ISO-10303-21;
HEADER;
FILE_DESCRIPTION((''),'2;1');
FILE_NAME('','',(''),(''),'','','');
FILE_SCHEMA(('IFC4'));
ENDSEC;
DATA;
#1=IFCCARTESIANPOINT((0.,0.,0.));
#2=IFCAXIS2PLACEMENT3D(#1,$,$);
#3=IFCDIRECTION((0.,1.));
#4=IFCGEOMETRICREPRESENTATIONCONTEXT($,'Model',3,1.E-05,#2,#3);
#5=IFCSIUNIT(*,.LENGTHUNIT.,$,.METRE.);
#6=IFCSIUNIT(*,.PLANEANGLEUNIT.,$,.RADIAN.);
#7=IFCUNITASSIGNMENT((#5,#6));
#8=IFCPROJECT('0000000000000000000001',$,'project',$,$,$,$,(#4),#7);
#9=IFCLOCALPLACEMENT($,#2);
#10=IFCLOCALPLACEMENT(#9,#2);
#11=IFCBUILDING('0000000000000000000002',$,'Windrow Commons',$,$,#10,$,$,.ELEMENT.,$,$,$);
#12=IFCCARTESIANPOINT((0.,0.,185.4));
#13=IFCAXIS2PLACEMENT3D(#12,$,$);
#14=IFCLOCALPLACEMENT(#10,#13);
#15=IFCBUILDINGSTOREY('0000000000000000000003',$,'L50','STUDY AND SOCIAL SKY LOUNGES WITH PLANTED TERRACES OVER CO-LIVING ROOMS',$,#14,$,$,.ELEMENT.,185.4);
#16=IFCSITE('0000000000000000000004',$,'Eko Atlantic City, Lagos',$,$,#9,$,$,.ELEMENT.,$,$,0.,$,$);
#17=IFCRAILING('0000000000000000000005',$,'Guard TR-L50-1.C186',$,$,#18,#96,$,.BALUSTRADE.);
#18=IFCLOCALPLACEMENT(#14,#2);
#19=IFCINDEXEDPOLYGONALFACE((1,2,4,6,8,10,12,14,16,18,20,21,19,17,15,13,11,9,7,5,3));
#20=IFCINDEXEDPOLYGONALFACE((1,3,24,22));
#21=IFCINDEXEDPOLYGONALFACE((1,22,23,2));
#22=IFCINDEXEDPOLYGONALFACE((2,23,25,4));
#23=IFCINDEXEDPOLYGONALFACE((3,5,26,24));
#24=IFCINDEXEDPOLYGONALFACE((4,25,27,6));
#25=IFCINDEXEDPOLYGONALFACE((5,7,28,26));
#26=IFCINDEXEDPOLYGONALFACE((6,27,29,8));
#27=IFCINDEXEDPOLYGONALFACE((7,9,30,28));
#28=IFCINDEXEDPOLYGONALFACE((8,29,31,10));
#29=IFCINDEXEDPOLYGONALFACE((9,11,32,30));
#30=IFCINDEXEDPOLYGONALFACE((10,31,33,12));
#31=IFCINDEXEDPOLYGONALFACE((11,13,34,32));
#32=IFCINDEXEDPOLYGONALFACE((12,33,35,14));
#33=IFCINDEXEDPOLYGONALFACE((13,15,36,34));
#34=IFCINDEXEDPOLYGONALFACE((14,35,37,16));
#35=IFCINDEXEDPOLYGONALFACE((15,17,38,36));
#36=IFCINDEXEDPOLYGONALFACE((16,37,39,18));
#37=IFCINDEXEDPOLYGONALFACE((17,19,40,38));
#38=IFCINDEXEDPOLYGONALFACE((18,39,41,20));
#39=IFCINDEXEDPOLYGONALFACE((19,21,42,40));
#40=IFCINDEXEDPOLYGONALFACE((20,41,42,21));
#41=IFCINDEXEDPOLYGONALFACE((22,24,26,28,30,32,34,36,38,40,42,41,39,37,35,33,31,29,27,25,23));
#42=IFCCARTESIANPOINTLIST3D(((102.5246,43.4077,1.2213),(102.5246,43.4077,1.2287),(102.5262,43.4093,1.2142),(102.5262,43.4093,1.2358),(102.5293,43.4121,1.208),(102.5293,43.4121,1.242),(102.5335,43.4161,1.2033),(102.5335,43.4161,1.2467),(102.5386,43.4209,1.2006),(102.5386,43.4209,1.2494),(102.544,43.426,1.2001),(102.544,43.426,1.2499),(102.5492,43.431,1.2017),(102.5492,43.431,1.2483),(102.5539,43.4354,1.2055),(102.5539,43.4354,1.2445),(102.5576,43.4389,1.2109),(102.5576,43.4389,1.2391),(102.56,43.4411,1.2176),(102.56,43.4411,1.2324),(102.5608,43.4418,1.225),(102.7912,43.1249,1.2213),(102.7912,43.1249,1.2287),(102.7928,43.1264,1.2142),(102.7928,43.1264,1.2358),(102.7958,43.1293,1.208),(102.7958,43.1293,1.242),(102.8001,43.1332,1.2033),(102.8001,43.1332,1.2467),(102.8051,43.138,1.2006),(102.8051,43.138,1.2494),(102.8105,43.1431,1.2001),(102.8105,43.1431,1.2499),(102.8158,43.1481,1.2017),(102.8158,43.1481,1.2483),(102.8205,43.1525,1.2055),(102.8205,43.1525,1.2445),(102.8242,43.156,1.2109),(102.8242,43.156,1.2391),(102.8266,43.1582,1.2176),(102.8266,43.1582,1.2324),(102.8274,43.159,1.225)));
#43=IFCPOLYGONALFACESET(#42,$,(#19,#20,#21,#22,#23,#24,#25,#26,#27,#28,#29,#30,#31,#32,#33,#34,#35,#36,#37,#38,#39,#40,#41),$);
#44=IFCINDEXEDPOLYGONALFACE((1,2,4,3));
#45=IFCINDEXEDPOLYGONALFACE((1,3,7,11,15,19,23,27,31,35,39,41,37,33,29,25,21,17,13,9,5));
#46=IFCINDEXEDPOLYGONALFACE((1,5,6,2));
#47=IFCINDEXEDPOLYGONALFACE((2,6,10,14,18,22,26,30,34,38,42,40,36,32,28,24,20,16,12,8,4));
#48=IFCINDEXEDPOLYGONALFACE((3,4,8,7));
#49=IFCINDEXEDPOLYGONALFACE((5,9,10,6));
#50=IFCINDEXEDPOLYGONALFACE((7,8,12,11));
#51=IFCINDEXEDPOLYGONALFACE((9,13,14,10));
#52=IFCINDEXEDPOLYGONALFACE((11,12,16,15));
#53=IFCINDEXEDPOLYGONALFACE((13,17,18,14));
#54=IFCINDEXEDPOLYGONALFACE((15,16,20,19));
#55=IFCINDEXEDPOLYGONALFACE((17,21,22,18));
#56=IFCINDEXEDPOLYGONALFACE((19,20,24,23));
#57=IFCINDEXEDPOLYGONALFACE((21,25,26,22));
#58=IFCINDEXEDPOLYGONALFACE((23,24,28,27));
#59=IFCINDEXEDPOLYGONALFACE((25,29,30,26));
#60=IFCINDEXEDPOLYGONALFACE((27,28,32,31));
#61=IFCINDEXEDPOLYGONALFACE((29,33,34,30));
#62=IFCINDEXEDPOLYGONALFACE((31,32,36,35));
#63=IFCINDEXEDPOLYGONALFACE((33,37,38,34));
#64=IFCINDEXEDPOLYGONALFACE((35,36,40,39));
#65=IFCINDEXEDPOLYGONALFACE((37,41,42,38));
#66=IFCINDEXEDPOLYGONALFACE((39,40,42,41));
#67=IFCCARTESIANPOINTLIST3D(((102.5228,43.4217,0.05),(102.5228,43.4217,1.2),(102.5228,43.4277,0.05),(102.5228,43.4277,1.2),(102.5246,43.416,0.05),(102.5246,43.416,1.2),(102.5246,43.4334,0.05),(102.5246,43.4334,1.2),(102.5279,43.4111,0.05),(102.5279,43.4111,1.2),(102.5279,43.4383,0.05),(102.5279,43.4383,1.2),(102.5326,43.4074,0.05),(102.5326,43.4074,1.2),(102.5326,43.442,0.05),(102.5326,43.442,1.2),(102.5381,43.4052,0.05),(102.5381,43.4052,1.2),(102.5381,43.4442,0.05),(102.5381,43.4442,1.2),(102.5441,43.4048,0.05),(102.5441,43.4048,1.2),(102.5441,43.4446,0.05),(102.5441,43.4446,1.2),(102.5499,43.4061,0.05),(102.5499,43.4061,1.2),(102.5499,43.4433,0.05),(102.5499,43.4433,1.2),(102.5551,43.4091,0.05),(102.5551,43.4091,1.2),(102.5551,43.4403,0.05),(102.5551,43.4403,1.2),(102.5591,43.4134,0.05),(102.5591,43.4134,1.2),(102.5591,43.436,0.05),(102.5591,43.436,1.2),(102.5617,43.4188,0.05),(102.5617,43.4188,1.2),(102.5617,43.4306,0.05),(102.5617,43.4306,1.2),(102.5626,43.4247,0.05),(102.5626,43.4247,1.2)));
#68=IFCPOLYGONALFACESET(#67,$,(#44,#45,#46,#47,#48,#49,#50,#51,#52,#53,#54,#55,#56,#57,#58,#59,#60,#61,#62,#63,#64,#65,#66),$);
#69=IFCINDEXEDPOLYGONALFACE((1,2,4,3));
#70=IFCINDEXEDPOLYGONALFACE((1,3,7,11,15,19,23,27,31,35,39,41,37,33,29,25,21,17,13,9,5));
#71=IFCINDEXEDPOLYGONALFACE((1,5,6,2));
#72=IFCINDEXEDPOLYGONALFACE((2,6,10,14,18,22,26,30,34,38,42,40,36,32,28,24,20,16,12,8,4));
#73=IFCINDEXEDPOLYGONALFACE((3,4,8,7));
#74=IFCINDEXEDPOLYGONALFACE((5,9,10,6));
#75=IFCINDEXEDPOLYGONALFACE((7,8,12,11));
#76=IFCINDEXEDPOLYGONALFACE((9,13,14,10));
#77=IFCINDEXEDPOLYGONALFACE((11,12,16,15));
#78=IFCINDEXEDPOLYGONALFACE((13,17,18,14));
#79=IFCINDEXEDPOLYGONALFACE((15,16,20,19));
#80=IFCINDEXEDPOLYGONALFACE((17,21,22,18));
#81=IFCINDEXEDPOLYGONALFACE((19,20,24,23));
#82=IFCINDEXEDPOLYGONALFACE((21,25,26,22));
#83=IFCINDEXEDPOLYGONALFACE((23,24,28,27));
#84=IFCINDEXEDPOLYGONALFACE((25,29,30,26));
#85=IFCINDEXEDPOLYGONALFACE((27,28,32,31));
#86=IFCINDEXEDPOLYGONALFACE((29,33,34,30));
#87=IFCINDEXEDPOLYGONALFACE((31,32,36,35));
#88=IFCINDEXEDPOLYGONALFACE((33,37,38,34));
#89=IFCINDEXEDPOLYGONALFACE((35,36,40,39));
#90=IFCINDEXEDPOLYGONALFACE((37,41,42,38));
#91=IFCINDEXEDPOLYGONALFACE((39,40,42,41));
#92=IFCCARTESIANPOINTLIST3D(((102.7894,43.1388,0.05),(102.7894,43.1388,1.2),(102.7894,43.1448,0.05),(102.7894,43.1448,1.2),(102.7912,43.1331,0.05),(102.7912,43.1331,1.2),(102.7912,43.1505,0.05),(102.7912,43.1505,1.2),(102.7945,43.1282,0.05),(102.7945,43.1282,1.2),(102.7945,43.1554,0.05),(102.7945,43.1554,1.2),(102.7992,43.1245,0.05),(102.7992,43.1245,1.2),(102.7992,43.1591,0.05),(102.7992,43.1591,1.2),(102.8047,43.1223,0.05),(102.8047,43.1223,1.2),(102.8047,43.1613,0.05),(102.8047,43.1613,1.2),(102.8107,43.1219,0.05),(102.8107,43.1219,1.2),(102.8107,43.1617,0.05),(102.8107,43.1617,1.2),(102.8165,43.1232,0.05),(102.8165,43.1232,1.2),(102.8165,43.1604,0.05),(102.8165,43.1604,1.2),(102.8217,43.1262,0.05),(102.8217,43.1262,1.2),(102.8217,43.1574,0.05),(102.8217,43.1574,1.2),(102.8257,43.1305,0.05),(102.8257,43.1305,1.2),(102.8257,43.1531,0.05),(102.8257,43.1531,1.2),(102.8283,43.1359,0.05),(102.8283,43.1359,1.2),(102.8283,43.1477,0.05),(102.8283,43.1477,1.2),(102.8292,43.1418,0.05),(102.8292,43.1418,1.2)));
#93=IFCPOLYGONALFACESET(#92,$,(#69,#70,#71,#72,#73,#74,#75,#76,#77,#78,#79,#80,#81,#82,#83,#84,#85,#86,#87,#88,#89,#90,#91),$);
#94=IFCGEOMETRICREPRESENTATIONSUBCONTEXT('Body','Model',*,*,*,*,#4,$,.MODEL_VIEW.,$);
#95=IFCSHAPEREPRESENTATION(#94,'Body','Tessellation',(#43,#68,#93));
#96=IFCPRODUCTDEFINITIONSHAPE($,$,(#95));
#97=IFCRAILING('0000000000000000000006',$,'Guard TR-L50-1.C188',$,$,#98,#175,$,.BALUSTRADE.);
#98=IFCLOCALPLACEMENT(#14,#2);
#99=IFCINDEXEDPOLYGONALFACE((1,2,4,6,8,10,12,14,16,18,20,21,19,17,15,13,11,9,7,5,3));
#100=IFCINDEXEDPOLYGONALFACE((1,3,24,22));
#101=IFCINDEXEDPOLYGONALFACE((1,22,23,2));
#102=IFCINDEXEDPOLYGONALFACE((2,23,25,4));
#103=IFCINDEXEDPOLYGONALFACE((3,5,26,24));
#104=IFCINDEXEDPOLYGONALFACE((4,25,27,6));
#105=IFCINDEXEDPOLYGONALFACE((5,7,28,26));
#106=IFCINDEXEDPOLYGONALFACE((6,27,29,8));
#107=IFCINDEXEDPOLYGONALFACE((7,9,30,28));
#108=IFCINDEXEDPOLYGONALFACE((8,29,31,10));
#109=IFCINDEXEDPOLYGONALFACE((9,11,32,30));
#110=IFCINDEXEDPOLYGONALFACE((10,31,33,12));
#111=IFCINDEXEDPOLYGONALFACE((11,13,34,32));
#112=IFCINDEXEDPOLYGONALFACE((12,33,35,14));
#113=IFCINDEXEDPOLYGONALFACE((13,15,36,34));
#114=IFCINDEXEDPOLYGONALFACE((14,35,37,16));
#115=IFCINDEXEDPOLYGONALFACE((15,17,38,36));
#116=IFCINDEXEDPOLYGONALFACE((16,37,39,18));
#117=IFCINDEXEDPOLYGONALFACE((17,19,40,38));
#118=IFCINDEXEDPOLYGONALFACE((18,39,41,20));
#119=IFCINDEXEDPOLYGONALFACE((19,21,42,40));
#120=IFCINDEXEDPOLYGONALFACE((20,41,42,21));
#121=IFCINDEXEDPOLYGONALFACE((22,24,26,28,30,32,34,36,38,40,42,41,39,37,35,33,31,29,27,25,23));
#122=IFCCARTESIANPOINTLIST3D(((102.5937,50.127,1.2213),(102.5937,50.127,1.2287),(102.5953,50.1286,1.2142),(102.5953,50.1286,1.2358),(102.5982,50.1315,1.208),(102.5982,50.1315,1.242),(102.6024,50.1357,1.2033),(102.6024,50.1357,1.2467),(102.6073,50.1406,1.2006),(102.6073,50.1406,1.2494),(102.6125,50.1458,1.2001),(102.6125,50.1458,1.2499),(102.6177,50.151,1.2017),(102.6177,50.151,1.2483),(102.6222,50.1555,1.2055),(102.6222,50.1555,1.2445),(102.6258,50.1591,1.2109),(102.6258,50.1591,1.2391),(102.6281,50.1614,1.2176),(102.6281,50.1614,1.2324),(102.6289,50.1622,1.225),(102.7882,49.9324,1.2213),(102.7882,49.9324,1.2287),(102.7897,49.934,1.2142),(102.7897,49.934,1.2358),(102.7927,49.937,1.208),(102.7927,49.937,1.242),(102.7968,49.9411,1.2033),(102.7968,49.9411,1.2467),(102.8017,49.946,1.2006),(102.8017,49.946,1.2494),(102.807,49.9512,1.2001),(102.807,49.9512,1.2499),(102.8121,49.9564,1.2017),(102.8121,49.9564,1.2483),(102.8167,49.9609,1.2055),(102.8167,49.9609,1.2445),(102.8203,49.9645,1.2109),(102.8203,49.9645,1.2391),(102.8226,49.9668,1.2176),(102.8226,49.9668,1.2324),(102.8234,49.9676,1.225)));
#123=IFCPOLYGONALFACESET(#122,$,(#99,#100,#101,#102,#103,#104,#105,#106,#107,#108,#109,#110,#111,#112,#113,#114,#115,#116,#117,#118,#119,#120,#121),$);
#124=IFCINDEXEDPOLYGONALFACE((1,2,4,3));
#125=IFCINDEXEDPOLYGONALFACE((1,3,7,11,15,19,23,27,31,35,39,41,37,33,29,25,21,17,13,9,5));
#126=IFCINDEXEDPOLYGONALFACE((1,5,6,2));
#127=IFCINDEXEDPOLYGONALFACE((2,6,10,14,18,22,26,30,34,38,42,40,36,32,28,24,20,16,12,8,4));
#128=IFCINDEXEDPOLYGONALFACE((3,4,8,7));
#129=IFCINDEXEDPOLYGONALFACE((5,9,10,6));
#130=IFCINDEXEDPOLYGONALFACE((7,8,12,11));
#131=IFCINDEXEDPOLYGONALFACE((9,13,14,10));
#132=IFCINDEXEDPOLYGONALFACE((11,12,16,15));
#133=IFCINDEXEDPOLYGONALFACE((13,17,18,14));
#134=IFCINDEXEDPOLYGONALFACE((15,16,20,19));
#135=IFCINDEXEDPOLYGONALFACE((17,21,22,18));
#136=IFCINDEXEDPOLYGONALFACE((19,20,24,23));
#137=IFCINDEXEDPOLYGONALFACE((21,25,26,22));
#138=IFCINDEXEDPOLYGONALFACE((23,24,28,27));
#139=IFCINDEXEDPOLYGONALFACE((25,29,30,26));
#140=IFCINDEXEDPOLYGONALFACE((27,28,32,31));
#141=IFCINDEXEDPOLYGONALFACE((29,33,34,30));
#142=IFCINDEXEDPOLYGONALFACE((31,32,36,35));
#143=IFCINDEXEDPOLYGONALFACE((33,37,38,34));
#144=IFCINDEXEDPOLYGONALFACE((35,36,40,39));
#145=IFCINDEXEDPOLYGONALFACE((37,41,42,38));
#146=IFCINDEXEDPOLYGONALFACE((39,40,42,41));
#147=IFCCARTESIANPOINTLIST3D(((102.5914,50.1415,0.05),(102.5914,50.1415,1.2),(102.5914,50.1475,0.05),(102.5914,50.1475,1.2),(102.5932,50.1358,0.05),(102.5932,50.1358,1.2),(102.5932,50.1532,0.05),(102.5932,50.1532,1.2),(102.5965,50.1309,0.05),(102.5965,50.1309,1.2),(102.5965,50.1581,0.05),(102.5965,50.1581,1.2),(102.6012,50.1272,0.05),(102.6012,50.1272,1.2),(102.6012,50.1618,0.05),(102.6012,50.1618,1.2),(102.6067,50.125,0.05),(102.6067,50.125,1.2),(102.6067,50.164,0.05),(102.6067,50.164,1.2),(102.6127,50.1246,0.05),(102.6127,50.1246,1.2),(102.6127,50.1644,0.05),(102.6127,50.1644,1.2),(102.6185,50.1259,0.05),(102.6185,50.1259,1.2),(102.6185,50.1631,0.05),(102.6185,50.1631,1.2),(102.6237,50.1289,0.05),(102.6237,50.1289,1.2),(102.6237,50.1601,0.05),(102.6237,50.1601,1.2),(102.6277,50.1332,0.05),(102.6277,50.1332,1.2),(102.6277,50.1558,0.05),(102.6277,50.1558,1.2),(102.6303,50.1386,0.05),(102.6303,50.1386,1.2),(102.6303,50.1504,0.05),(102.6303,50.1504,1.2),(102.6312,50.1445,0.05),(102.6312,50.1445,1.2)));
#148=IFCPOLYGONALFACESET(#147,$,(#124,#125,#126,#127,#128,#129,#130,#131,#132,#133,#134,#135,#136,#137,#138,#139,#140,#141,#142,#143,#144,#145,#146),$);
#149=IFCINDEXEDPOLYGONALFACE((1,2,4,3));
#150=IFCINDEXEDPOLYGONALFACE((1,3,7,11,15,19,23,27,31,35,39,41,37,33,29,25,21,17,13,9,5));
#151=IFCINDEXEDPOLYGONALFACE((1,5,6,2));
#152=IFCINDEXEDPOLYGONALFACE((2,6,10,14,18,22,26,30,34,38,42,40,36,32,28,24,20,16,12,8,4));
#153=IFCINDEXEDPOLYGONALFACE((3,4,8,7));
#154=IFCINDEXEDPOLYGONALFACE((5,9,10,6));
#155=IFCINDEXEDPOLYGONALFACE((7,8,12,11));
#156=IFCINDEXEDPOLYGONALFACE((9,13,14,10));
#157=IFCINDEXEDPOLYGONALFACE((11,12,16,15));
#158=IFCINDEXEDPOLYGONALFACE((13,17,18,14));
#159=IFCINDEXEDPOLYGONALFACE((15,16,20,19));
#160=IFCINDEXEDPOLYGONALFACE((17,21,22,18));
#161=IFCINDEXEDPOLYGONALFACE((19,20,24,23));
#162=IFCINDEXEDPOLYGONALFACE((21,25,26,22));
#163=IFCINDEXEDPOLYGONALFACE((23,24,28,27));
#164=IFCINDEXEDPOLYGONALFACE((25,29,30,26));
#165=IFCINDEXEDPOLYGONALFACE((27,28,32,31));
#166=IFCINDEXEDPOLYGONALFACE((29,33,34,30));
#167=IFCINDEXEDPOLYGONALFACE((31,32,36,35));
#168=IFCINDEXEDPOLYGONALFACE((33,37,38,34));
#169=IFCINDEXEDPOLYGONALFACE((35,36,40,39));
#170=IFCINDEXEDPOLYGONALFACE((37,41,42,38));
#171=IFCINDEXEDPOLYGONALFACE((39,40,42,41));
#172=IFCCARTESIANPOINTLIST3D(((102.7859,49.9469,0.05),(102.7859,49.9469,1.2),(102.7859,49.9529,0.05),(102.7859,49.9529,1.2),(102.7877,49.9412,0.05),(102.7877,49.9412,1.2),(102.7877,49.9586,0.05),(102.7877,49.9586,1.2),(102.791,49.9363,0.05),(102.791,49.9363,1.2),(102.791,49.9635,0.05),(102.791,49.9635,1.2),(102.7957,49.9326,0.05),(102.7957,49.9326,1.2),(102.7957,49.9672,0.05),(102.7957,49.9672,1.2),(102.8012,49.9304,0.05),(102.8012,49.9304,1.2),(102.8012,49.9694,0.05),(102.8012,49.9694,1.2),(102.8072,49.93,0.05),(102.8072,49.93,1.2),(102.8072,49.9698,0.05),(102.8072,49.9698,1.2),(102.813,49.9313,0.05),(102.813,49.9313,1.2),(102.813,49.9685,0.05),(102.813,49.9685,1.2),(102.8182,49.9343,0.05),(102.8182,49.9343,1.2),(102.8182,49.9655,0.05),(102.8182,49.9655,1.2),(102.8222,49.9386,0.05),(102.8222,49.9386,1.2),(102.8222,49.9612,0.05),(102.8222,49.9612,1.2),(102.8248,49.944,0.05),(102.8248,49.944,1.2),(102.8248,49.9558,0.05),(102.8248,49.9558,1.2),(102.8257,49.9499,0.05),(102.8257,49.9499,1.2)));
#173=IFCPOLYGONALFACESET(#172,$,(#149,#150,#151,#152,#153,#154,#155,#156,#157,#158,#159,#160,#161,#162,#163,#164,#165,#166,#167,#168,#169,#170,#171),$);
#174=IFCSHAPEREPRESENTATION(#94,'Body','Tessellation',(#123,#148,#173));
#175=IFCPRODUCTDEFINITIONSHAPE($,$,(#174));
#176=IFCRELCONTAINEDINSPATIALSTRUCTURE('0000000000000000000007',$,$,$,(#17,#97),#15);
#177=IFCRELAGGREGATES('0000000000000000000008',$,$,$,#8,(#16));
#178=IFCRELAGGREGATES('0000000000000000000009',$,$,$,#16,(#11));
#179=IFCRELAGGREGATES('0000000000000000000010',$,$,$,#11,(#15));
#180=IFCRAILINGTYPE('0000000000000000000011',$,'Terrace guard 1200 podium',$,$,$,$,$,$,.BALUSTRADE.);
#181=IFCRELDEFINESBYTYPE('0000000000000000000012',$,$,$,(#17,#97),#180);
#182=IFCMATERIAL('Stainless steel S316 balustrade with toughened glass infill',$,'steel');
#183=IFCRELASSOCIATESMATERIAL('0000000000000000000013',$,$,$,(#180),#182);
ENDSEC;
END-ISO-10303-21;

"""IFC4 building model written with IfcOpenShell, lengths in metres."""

from ifc_helpers import new_model, si_unit, direction, frame, origin, origin_2d, place, context, subcontext, project, spatial, circle, extrude, material, type_object, element, save


model = new_model("IFC4")

# Units and contexts
model_context = context("Model", 3, precision=1e-05, world=origin(), true_north=direction((0.0, 1.0)))
body_context = subcontext(model_context, "Body", "Model", "MODEL_VIEW")
ifc_project = project(units=[si_unit("LENGTHUNIT", "METRE"), si_unit("PLANEANGLEUNIT", "RADIAN")], contexts=[model_context])

# Site, building, storey
site_placement = place(None, origin())
site = spatial("IfcSite", under=ifc_project, at=site_placement, Name="Eko Atlantic City, Lagos", CompositionType="ELEMENT", RefElevation=0.0)
building_placement = place(site_placement, origin())
building = spatial("IfcBuilding", under=site, at=building_placement, Name="Windrow Commons", CompositionType="ELEMENT")
storey_placement = place(building_placement, frame((0.0, 0.0, 185.4)))
storey = spatial("IfcBuildingStorey", under=building, at=storey_placement, Name="L50", Description="STUDY AND SOCIAL SKY LOUNGES WITH PLANTED TERRACES OVER CO-LIVING ROOMS", CompositionType="ELEMENT", Elevation=185.4)

# Railings
ifc_material_1 = material(Name="Stainless steel S316 balustrade with toughened glass infill", Category="steel")
railing_type_1 = type_object("IfcRailingType", Name="Terrace guard 1200 podium", PredefinedType="BALUSTRADE", material=ifc_material_1)
railing_1_placement = place(storey_placement, frame((102.5426, 43.4247, 0.05)))
element("IfcRailing", 1, at=railing_1_placement, inside=storey, type_object=railing_type_1, Name="Guard TR-L50-1.C186", PredefinedType="BALUSTRADE", context=body_context, shape_type="SweptSolid", body=[
    extrude(circle(Radius=0.025, at=origin_2d()), frame((0.0, 0.0, 1.175), z_axis=(0.68583, -0.727762, 0.0), x_axis=(0.727762, 0.68583, 0.0)), (0.0, 0.0, 1.0), 0.3887),
    extrude(circle(Radius=0.02, at=origin_2d()), origin(), (0.0, 0.0, 1.0), 1.15),
    extrude(circle(Radius=0.02, at=origin_2d()), frame((0.2666, -0.2829, 0.0)), (0.0, 0.0, 1.0), 1.15),
])
railing_2_placement = place(storey_placement, frame((102.6112, 50.1445, 0.05)))
element("IfcRailing", 2, at=railing_2_placement, inside=storey, type_object=railing_type_1, Name="Guard TR-L50-1.C188", PredefinedType="BALUSTRADE", context=body_context, shape_type="SweptSolid", body=[
    extrude(circle(Radius=0.025, at=origin_2d()), frame((0.0, 0.0, 1.175), z_axis=(0.706925, -0.707288, 0.0), x_axis=(0.707288, 0.706925, 0.0)), (0.0, 0.0, 1.0), 0.2751),
    extrude(circle(Radius=0.02, at=origin_2d()), origin(), (0.0, 0.0, 1.0), 1.15),
    extrude(circle(Radius=0.02, at=origin_2d()), frame((0.1945, -0.1946, 0.0)), (0.0, 0.0, 1.0), 1.15),
])

save(model, "model.ifc")
